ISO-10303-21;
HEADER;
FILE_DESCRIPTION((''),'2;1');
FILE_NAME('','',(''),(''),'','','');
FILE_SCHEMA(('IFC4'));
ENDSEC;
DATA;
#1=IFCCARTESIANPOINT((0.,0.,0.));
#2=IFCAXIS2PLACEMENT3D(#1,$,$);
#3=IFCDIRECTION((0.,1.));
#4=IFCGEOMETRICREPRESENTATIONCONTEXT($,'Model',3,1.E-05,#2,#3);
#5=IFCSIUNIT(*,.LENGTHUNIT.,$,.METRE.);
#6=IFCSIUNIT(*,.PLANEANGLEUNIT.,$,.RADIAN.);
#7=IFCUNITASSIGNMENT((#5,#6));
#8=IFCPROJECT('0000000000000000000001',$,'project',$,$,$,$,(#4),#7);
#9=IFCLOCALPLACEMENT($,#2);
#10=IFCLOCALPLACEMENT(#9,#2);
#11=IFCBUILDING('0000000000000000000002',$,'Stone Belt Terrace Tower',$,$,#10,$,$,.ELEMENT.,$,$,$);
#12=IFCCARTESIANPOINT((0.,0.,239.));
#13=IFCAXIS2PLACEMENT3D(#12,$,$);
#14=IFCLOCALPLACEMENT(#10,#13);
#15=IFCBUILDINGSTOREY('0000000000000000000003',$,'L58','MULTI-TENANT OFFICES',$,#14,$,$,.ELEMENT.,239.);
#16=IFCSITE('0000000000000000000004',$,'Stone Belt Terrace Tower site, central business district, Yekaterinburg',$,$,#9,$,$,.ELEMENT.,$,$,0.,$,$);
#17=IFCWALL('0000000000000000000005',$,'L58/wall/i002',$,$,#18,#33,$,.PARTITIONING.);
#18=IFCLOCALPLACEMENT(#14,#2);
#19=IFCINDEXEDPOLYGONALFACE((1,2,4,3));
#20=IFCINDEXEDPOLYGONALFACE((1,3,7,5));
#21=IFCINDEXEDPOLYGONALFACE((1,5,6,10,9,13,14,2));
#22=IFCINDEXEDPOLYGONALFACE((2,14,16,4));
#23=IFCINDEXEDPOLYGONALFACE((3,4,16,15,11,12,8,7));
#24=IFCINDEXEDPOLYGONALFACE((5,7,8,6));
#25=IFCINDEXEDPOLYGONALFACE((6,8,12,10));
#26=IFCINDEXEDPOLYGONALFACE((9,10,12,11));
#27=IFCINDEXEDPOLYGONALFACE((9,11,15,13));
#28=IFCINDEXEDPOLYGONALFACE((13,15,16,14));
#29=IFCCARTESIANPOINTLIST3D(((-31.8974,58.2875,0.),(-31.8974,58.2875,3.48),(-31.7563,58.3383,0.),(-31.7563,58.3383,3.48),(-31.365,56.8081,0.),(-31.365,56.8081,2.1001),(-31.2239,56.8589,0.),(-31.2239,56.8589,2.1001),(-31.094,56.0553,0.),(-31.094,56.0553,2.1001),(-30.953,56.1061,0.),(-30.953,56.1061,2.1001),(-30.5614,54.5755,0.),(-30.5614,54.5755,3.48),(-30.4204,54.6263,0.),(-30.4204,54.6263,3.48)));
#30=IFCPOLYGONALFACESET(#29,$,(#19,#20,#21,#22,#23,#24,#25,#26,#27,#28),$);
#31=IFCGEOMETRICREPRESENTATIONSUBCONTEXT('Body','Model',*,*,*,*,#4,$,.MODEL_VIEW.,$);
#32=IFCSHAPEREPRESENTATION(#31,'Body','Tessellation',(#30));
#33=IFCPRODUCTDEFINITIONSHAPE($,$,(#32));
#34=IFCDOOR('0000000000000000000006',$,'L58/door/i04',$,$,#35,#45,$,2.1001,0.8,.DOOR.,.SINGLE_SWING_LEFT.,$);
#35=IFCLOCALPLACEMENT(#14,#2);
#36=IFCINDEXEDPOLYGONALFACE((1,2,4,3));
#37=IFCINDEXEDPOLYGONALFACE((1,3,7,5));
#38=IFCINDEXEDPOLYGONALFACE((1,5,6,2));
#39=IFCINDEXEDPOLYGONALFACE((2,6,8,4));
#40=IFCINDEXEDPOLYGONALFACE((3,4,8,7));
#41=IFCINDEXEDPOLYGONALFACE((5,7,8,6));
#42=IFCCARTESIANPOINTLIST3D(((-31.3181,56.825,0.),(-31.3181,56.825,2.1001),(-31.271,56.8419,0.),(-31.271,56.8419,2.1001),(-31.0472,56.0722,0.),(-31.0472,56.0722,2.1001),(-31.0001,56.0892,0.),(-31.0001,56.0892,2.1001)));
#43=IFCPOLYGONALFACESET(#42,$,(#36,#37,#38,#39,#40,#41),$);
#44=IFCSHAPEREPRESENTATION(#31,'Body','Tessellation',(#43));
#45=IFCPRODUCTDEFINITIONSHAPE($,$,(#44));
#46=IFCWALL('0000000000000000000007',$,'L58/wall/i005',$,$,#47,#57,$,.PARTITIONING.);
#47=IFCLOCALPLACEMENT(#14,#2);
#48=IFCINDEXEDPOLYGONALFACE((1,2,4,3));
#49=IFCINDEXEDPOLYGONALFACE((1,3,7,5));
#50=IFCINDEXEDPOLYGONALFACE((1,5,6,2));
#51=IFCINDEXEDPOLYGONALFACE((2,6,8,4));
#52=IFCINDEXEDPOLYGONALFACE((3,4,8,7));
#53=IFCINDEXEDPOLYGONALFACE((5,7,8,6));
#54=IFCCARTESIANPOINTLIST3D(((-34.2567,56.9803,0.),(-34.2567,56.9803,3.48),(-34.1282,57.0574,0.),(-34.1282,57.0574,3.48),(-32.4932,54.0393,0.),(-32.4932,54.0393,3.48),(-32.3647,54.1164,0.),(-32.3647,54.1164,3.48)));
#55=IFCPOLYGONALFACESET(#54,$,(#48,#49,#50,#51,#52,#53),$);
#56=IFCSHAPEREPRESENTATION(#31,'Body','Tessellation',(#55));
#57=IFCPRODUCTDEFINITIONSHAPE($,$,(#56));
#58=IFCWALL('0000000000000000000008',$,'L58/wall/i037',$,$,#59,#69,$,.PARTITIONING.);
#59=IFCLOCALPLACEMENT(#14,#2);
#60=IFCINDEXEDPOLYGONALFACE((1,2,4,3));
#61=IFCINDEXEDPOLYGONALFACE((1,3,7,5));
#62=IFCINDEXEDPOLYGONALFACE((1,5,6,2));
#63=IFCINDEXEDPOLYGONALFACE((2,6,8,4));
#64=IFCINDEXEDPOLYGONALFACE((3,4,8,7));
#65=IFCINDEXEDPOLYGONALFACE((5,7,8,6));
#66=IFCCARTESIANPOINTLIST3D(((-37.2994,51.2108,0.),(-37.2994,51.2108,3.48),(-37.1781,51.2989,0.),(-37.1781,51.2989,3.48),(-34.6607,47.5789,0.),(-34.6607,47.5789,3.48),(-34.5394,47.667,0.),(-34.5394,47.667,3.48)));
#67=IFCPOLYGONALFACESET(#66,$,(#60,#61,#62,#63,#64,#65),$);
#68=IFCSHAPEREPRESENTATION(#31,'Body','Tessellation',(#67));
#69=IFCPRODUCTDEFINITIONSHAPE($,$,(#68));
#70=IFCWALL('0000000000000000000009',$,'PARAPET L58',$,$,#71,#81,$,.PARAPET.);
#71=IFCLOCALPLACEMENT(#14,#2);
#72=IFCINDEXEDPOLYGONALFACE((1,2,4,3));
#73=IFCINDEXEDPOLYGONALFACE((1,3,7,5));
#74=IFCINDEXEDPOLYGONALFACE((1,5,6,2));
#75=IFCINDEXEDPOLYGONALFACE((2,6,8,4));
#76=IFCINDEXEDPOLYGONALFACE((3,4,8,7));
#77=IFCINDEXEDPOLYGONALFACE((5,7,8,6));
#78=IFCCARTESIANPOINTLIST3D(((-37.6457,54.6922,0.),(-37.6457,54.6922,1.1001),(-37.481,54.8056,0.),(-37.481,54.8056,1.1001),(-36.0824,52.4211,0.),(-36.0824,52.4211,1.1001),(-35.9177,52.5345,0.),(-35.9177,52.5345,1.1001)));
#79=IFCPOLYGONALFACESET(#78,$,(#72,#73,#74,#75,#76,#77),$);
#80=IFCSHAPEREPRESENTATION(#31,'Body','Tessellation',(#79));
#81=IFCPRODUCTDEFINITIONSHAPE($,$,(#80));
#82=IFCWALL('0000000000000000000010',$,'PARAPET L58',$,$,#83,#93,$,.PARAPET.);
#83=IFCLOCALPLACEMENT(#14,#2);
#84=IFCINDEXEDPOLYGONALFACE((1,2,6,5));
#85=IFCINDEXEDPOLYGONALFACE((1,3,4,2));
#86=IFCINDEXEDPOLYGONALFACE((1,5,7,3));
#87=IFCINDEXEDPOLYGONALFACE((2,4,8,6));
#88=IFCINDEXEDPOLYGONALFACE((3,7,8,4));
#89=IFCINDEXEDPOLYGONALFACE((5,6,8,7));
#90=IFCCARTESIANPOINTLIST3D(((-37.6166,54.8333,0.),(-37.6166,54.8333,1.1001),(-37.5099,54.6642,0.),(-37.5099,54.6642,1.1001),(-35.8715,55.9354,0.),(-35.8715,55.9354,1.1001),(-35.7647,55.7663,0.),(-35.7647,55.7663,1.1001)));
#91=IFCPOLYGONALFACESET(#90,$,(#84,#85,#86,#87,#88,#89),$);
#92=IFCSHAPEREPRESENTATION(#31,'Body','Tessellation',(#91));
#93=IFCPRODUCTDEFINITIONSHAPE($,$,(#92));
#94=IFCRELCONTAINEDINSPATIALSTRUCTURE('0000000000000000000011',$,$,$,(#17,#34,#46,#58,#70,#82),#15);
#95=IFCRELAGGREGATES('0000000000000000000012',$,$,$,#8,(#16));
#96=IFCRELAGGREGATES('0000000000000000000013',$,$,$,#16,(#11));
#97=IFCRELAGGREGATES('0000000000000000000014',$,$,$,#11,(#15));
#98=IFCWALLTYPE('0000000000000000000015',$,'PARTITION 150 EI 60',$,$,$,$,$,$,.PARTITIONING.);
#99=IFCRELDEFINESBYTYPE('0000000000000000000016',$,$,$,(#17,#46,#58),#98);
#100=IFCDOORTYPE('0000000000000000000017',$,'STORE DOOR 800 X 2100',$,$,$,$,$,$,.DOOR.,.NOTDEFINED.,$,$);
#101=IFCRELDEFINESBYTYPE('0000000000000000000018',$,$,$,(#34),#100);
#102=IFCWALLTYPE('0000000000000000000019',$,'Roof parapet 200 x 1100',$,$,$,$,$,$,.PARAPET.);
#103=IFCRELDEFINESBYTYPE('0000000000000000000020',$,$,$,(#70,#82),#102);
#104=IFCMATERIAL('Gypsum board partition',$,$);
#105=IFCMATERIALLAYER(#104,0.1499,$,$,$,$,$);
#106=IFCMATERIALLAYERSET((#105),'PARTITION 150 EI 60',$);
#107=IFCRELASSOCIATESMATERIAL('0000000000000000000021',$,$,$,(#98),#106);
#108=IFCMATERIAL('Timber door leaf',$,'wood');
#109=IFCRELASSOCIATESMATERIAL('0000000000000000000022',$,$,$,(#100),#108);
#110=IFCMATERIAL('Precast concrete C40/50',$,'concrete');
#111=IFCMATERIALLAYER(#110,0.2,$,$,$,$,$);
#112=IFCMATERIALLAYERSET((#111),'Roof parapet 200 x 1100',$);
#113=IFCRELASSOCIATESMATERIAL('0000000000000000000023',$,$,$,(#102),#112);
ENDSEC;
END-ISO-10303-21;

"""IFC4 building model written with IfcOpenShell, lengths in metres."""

from ifc_helpers import new_model, si_unit, direction, frame, frame_2d, origin, place, context, subcontext, project, spatial, rectangle, extrude, material, layer, layer_set, type_object, element, fill, save


model = new_model("IFC4")

# Units and contexts
model_context = context("Model", 3, precision=1e-05, world=origin(), true_north=direction((0.0, 1.0)))
body_context = subcontext(model_context, "Body", "Model", "MODEL_VIEW")
ifc_project = project(units=[si_unit("LENGTHUNIT", "METRE"), si_unit("PLANEANGLEUNIT", "RADIAN")], contexts=[model_context])

# Site, building, storey
site_placement = place(None, origin())
site = spatial("IfcSite", under=ifc_project, at=site_placement, Name="Stone Belt Terrace Tower site, central business district, Yekaterinburg", CompositionType="ELEMENT", RefElevation=0.0)
building_placement = place(site_placement, origin())
building = spatial("IfcBuilding", under=site, at=building_placement, Name="Stone Belt Terrace Tower", CompositionType="ELEMENT")
storey_placement = place(building_placement, frame((0.0, 0.0, 239.0)))
storey = spatial("IfcBuildingStorey", under=building, at=storey_placement, Name="L58", Description="MULTI-TENANT OFFICES", CompositionType="ELEMENT", Elevation=239.0)

# Wall, opening, door
ifc_material_1 = material(Name="Gypsum board partition")
ifc_layer_1 = layer(ifc_material_1, 0.1499)
ifc_layer_set_1 = layer_set([ifc_layer_1], Name="PARTITION 150 EI 60")
wall_type_1 = type_object("IfcWallType", Name="PARTITION 150 EI 60", PredefinedType="PARTITIONING", material=ifc_layer_set_1)
wall_1_placement = place(storey_placement, frame((-31.8269, 58.313, 0.0), z_axis=(0.0, 0.0, 1.0), x_axis=(0.338641, -0.940916, 0.0)))
wall_1 = element("IfcWall", 1, at=wall_1_placement, inside=storey, type_object=wall_type_1, Name="L58/wall/i002", PredefinedType="PARTITIONING", context=body_context, shape_type="SweptSolid", body=[
    extrude(rectangle(XDim=3.9451, YDim=0.1499, at=frame_2d((1.9727, 0.0))), origin(), (0.0, 0.0, 1.0), 3.48),
])
opening_placement = place(wall_1_placement, frame((1.5725, 0.0, 0.0)))
opening = element("IfcOpeningElement", 2, at=opening_placement, cuts=wall_1, PredefinedType="OPENING", context=body_context, shape_type="SweptSolid", body=[
    extrude(rectangle(XDim=0.8, YDim=2.1001, at=frame_2d((0.3999, 1.05))), frame((0.0, 0.085, 0.0), z_axis=(0.0, -1.0, 0.0), x_axis=(1.0, 0.0, 0.0)), (0.0, 0.0, 1.0), 0.1699),
])
ifc_material_2 = material(Name="Timber door leaf", Category="wood")
door_type = type_object("IfcDoorType", Name="STORE DOOR 800 X 2100", OperationType="NOTDEFINED", PredefinedType="DOOR", material=ifc_material_2)
door_placement = place(opening_placement, origin())
door = element("IfcDoor", 3, at=door_placement, inside=storey, type_object=door_type, Name="L58/door/i04", OperationType="SINGLE_SWING_LEFT", OverallHeight=2.1001, OverallWidth=0.8, PredefinedType="DOOR", context=body_context, shape_type="SweptSolid", body=[
    extrude(rectangle(XDim=0.8, YDim=2.1001, at=frame_2d((0.3999, 1.05))), frame((0.0, 0.0249, 0.0), z_axis=(0.0, -1.0, 0.0), x_axis=(1.0, 0.0, 0.0)), (0.0, 0.0, 1.0), 0.05),
])
fill(opening, door)

# Walls
wall_2_placement = place(storey_placement, frame((-32.429, 54.0779, 0.0), z_axis=(0.0, 0.0, 1.0), x_axis=(-0.514255, 0.857637, 0.0)))
element("IfcWall", 4, at=wall_2_placement, inside=storey, type_object=wall_type_1, Name="L58/wall/i005", PredefinedType="PARTITIONING", context=body_context, shape_type="SweptSolid", body=[
    extrude(rectangle(XDim=3.4292, YDim=0.1499, at=frame_2d((1.7146, 0.0))), origin(), (0.0, 0.0, 1.0), 3.48),
])
wall_3_placement = place(storey_placement, frame((-37.2388, 51.2549, 0.0), z_axis=(0.0, 0.0, 1.0), x_axis=(0.587784, -0.809018, 0.0)))
element("IfcWall", 5, at=wall_3_placement, inside=storey, type_object=wall_type_1, Name="L58/wall/i037", PredefinedType="PARTITIONING", context=body_context, shape_type="SweptSolid", body=[
    extrude(rectangle(XDim=4.4893, YDim=0.1499, at=frame_2d((2.2446, 0.0))), origin(), (0.0, 0.0, 1.0), 3.48),
])
ifc_material_3 = material(Name="Precast concrete C40/50", Category="concrete")
ifc_layer_2 = layer(ifc_material_3, 0.2)
ifc_layer_set_2 = layer_set([ifc_layer_2], Name="Roof parapet 200 x 1100")
wall_type_2 = type_object("IfcWallType", Name="Roof parapet 200 x 1100", PredefinedType="PARAPET", material=ifc_layer_set_2)
wall_4_placement = place(storey_placement, frame((-37.5632, 54.7488, 0.0), z_axis=(0.0, 0.0, 1.0), x_axis=(0.567002, -0.823716, 0.0)))
element("IfcWall", 6, at=wall_4_placement, inside=storey, type_object=wall_type_2, Name="PARAPET L58", PredefinedType="PARAPET", context=body_context, shape_type="SweptSolid", body=[
    extrude(rectangle(XDim=2.7571, YDim=0.2, at=frame_2d((1.3784, 0.0))), origin(), (0.0, 0.0, 1.0), 1.1001),
])
wall_5_placement = place(storey_placement, frame((-35.8181, 55.8508, 0.0), z_axis=(0.0, 0.0, 1.0), x_axis=(-0.845517, -0.533948, 0.0)))
element("IfcWall", 7, at=wall_5_placement, inside=storey, type_object=wall_type_2, Name="PARAPET L58", PredefinedType="PARAPET", context=body_context, shape_type="SweptSolid", body=[
    extrude(rectangle(XDim=2.064, YDim=0.2, at=frame_2d((1.032, 0.0))), origin(), (0.0, 0.0, 1.0), 1.1001),
])

save(model, "model.ifc")
